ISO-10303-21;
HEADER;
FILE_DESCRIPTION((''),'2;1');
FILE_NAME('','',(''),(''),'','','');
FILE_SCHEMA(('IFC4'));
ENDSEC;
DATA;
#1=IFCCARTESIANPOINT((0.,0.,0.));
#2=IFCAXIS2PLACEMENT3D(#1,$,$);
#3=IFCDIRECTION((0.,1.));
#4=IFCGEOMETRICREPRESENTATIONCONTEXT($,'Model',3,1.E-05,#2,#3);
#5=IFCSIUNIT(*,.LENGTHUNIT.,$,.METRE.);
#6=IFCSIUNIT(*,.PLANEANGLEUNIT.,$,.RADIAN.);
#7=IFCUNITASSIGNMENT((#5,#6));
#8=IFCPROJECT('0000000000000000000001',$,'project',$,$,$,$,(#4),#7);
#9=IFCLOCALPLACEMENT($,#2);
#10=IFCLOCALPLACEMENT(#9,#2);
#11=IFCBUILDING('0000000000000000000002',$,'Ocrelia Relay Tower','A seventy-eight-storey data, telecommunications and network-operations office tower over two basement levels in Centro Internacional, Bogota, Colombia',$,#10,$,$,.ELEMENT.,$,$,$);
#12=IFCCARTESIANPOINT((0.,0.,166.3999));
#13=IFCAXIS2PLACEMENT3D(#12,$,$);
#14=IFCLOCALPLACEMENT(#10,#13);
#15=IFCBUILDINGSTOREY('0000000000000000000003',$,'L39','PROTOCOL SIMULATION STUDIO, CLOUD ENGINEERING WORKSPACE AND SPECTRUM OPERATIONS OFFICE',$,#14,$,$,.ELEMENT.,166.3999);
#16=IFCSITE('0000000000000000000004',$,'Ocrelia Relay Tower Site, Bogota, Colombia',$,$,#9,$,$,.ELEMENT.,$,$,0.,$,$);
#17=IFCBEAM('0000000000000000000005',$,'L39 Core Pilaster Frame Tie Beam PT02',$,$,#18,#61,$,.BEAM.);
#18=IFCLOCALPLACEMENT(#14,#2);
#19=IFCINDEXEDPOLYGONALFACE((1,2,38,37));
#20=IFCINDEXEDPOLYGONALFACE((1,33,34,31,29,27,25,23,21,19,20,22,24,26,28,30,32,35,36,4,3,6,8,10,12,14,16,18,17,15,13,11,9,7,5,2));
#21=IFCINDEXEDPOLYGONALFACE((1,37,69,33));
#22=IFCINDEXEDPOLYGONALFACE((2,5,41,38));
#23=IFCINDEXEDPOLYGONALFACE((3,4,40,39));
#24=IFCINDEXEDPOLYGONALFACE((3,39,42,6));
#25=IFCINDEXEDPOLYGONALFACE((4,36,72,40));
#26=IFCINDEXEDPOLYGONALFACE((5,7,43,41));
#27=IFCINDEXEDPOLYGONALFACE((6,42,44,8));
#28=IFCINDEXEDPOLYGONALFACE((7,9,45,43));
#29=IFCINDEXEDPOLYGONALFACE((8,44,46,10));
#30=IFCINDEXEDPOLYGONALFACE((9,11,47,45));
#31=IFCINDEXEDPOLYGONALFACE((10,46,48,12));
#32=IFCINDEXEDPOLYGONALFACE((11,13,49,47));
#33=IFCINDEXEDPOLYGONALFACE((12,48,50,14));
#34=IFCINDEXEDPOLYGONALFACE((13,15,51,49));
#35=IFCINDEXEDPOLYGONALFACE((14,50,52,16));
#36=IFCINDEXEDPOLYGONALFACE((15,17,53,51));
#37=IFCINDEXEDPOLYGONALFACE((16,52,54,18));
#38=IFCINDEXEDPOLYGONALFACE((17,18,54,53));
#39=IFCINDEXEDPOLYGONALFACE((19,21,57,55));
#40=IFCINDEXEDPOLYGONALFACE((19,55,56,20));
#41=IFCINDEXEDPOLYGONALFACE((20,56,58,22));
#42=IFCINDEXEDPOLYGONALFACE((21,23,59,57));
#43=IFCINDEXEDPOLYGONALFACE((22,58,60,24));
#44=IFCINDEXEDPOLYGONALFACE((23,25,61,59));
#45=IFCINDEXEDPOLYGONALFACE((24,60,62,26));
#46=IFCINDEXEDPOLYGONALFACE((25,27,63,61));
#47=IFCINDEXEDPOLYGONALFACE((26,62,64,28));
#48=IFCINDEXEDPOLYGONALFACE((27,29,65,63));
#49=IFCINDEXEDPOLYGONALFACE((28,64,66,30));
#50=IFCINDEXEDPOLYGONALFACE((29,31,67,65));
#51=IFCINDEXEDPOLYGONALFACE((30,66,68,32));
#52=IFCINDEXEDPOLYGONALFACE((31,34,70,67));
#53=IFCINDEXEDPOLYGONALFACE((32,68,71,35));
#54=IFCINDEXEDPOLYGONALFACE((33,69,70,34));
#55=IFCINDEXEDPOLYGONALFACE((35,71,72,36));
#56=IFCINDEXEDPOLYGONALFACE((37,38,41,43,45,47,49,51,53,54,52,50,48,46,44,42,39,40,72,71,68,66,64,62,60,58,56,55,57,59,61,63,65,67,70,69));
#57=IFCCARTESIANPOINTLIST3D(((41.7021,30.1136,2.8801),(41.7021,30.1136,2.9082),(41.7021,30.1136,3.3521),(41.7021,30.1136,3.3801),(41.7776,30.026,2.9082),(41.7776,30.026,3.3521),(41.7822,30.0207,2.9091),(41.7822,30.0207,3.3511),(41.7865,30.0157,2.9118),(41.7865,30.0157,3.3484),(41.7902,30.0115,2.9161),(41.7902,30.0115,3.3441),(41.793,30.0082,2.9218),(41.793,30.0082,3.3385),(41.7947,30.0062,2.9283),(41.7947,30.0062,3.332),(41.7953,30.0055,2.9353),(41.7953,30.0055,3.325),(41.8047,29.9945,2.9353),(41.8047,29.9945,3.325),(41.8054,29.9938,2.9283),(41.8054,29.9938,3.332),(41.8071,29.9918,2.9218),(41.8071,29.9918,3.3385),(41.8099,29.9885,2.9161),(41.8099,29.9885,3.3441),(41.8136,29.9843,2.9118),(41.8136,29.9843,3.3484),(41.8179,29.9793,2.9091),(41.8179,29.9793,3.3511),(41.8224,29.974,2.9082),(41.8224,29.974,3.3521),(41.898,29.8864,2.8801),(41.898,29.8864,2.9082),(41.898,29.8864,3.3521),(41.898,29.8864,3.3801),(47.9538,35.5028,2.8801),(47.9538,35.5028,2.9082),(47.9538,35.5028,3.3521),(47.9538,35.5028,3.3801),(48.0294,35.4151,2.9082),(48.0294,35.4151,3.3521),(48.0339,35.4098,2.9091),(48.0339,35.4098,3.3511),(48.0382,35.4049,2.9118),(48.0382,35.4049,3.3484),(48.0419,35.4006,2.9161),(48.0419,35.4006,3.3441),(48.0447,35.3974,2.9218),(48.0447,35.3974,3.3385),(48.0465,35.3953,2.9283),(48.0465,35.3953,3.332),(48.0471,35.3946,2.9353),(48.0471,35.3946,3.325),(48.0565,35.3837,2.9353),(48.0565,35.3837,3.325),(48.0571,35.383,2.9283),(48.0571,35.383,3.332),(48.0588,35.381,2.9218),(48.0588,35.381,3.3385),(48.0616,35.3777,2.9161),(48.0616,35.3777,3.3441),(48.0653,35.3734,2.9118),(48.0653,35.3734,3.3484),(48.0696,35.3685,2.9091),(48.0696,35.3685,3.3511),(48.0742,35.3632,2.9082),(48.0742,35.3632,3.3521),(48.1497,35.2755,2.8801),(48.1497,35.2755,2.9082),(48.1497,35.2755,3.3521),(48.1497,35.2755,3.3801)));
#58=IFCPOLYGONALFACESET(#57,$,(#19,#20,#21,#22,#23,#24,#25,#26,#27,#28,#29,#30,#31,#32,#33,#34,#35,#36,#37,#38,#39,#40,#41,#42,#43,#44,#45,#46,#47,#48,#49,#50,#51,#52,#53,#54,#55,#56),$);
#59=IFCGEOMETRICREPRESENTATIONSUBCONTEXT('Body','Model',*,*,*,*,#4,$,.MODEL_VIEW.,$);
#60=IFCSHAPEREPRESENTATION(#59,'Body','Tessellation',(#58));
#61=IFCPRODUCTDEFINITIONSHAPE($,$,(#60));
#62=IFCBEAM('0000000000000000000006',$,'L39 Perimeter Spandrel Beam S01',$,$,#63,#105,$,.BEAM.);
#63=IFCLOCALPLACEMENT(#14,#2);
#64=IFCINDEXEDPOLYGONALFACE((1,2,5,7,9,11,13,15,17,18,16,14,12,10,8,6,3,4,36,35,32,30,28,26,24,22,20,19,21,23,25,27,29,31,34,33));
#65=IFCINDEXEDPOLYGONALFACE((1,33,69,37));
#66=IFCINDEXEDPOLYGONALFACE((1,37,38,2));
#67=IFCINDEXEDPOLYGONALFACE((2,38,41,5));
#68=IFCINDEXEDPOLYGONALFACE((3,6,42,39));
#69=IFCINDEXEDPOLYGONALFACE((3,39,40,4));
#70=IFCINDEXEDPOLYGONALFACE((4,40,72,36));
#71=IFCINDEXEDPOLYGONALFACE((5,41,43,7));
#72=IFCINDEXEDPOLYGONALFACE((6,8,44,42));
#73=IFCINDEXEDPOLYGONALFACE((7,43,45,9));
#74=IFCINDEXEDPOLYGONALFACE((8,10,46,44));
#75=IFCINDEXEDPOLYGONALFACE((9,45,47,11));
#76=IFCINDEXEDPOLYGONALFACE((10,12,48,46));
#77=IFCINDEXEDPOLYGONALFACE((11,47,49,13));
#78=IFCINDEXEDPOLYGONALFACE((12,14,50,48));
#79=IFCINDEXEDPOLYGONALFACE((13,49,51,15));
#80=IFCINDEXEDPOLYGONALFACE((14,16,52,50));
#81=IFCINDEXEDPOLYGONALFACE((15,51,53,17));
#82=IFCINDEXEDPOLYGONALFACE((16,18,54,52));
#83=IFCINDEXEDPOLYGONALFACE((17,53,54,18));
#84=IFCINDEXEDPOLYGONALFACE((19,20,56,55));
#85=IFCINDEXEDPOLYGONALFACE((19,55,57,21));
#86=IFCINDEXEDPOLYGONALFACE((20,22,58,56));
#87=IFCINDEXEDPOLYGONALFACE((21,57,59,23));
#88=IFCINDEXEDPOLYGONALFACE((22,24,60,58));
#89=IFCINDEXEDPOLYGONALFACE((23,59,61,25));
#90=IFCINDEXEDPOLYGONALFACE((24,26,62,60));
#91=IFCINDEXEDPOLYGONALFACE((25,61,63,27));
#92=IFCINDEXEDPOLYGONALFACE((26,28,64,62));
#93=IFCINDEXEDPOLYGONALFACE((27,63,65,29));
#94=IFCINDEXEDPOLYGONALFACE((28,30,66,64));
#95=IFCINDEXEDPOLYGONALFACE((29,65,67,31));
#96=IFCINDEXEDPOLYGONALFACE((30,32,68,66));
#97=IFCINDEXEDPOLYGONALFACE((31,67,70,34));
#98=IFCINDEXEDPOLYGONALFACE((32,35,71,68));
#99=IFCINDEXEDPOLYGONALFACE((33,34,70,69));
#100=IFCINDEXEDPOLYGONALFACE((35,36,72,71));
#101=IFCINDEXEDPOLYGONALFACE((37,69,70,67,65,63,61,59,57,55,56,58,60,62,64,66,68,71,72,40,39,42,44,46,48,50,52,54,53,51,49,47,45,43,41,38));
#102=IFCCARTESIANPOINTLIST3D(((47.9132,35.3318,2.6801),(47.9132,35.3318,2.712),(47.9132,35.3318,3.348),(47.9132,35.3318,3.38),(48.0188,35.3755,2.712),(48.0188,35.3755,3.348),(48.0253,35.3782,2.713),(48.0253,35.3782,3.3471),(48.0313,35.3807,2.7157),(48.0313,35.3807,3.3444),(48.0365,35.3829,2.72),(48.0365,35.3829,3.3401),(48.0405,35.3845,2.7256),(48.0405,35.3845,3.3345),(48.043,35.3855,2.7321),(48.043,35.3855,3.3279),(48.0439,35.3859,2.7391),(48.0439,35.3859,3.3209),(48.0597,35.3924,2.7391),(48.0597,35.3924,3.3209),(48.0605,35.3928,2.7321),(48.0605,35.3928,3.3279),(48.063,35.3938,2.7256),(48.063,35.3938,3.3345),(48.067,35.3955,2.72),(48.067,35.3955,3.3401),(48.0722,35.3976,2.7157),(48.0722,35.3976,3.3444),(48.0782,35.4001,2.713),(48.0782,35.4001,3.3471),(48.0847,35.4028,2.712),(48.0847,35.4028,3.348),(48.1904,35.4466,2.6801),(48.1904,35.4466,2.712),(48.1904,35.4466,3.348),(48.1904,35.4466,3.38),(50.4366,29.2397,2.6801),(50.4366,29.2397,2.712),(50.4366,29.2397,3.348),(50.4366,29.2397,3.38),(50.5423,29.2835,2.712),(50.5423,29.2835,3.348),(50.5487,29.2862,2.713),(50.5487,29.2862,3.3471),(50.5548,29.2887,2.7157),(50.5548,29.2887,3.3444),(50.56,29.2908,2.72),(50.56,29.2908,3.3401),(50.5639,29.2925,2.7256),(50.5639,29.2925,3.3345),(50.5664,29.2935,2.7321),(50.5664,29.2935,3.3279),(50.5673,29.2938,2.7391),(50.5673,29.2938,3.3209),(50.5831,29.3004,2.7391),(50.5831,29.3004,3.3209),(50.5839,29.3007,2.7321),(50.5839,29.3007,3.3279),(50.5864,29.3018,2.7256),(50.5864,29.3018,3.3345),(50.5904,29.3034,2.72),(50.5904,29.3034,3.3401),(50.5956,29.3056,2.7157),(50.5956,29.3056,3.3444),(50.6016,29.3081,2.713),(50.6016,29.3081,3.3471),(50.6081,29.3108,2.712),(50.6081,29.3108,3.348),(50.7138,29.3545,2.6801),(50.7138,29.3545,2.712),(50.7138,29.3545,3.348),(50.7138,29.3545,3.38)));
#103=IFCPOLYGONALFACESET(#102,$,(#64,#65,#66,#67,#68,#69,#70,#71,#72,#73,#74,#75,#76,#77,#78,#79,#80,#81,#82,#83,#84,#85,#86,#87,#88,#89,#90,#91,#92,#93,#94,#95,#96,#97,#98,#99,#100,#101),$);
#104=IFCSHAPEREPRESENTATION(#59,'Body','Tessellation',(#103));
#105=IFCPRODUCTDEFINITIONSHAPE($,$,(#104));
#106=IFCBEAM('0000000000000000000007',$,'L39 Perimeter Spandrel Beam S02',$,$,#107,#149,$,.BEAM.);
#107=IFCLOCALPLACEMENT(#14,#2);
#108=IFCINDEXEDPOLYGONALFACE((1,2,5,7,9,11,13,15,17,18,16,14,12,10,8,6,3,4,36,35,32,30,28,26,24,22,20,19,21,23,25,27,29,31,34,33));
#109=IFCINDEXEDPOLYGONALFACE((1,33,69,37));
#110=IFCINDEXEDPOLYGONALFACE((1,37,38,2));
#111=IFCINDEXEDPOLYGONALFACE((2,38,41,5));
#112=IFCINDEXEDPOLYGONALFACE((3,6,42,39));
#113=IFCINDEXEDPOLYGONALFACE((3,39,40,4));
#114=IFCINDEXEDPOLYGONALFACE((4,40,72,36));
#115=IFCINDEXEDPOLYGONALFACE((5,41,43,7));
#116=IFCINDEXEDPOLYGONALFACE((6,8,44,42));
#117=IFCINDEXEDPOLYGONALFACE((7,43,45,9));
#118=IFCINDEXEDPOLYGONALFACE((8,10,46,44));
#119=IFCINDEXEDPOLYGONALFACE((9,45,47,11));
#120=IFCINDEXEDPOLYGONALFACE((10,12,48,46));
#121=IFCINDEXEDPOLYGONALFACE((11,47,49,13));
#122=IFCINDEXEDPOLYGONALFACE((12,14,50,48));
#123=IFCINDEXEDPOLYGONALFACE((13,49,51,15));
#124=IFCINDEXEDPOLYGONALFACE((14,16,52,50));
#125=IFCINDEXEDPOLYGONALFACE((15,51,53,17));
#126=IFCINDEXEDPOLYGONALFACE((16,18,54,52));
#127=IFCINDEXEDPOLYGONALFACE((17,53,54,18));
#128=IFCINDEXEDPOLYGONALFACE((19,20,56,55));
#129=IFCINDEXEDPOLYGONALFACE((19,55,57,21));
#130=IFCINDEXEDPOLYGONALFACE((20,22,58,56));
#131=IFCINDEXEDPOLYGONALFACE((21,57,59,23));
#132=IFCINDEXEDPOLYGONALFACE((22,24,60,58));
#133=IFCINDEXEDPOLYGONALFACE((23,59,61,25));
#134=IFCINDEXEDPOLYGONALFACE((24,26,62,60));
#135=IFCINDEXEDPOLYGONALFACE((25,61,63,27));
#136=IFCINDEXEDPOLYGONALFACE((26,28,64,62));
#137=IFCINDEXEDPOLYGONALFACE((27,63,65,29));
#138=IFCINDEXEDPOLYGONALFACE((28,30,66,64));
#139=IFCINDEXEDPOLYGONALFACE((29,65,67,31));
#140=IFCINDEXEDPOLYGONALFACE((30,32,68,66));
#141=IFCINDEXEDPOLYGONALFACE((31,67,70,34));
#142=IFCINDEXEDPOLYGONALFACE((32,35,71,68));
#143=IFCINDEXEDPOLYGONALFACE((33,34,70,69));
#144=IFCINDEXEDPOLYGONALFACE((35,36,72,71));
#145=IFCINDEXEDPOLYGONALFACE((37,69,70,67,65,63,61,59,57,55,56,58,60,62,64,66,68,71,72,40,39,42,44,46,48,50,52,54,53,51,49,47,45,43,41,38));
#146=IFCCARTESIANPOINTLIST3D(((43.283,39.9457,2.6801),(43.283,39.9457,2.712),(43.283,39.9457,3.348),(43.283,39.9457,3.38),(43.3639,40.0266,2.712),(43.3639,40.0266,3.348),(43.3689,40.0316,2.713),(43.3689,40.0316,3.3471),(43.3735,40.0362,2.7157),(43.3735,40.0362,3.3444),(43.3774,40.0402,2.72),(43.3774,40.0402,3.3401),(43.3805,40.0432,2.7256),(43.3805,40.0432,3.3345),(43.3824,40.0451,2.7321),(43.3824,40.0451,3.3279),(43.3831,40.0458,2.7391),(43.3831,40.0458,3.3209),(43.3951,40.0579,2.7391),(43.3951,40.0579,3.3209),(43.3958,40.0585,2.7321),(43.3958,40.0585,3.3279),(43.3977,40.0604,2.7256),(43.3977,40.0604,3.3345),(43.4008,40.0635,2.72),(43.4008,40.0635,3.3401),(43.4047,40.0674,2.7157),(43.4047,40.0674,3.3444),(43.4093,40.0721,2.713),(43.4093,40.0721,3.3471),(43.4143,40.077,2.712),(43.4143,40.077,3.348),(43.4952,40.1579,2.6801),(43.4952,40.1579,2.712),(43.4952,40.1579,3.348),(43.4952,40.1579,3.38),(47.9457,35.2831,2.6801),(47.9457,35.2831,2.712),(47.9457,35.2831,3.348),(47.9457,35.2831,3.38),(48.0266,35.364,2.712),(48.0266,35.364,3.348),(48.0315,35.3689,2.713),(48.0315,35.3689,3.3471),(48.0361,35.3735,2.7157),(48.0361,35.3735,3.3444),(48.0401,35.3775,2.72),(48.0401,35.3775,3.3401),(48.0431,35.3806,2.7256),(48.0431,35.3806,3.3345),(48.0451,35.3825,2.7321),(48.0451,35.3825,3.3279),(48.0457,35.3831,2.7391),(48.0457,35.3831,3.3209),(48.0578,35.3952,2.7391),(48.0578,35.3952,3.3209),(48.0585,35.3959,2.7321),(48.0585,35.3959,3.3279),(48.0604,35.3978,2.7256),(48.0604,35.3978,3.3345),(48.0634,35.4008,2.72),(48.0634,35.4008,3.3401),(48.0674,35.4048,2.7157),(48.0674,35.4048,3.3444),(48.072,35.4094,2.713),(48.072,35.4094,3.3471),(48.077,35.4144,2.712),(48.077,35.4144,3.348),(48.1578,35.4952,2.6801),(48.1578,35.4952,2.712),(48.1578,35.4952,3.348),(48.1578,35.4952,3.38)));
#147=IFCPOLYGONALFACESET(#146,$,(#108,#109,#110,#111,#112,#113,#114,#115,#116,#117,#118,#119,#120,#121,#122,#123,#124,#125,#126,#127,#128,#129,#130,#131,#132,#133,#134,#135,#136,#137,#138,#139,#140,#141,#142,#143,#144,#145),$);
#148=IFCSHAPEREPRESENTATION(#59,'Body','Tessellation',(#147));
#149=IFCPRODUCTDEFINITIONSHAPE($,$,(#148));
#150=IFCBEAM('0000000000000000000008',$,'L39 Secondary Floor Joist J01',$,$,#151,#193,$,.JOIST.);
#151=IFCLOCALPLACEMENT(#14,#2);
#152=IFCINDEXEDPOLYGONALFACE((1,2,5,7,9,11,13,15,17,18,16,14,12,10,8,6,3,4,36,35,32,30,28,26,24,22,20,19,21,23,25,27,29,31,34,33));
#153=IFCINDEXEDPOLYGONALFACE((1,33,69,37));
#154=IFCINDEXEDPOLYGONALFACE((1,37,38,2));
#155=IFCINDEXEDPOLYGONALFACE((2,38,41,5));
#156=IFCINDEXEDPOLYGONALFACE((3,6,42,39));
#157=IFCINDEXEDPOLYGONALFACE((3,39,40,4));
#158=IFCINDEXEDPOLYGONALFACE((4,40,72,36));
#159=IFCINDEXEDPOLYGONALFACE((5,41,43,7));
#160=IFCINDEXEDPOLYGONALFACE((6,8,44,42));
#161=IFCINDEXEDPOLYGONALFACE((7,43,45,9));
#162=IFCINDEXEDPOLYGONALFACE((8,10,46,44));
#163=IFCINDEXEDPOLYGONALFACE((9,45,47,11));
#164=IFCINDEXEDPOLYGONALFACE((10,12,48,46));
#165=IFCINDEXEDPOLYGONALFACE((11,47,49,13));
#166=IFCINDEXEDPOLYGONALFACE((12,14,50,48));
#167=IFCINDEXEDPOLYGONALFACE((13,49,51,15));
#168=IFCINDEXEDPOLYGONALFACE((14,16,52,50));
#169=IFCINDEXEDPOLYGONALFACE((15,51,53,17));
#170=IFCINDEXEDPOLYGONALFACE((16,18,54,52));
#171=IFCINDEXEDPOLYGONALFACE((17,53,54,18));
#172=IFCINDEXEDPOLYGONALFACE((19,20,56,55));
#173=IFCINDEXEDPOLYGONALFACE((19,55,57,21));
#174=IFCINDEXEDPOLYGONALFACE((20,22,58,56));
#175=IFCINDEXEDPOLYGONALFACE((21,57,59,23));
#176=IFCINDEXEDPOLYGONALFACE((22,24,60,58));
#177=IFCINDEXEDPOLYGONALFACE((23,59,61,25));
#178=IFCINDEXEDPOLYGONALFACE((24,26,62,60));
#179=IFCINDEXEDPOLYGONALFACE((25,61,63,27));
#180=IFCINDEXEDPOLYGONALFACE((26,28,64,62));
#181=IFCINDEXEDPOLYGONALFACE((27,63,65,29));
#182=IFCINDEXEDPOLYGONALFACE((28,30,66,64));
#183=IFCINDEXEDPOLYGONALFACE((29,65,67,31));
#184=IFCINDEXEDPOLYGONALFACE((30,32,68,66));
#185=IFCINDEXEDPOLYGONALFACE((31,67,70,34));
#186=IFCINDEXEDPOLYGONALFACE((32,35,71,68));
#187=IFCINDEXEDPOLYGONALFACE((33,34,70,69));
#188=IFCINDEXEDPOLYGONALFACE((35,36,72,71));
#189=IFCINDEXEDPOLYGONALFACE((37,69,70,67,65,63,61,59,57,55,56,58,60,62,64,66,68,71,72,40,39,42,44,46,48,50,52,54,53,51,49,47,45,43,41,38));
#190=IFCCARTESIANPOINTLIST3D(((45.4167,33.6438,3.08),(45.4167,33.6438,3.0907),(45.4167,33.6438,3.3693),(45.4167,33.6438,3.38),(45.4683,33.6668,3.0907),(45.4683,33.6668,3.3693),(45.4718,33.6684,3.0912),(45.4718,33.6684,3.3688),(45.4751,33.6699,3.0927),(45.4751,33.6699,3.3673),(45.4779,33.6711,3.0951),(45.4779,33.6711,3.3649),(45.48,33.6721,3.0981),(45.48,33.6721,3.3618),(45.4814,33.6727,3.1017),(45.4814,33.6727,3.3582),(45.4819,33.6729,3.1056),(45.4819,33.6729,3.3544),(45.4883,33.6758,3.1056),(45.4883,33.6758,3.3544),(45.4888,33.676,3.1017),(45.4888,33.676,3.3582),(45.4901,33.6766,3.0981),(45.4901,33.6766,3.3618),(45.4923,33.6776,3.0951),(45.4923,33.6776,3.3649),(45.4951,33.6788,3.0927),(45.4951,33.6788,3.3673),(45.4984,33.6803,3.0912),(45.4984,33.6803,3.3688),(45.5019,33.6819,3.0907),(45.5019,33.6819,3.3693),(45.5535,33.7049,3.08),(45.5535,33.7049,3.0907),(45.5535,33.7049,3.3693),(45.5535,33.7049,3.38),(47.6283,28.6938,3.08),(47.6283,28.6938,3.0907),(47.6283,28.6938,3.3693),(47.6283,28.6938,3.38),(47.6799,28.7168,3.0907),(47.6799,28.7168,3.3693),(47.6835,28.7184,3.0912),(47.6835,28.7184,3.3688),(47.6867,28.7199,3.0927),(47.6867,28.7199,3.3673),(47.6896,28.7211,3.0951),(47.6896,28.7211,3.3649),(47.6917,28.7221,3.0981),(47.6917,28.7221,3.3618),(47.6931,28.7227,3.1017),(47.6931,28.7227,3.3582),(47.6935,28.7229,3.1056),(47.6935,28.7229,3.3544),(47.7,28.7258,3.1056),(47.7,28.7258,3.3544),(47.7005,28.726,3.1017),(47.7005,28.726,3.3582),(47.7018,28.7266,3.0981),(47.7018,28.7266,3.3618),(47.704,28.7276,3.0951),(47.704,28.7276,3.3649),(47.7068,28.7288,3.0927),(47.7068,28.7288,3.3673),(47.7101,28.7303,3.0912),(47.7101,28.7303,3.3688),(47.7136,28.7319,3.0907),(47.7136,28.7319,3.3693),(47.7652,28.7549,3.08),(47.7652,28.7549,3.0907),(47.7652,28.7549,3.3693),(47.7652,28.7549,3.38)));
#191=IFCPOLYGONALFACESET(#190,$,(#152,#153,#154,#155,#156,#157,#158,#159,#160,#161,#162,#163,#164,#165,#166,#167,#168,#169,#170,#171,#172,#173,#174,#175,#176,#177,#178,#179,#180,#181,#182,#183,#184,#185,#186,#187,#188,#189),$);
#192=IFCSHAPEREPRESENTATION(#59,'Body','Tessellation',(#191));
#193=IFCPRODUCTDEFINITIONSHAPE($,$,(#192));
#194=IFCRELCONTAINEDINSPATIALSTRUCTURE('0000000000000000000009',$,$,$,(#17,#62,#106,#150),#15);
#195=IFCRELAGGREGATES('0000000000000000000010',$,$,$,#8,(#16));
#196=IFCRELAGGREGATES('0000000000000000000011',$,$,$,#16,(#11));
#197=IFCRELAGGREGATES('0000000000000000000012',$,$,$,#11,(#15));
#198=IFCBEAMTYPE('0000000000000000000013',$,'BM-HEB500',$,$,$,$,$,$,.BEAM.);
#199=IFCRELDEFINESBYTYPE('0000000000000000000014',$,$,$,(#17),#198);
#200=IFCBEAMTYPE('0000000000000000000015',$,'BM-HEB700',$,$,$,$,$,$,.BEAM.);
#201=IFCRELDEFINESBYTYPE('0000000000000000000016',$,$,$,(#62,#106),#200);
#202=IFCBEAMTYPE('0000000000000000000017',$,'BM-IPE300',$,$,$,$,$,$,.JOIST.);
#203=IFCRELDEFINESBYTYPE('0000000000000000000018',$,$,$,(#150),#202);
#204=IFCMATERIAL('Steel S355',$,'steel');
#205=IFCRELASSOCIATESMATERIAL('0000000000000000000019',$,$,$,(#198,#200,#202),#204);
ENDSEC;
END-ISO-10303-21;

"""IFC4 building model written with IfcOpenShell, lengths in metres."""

from ifc_helpers import new_model, si_unit, direction, frame, origin, origin_2d, place, context, subcontext, project, spatial, i_section, extrude, material, material_profile, profile_set, type_object, element, save


model = new_model("IFC4")

# Units and contexts
model_context = context("Model", 3, precision=1e-05, world=origin(), true_north=direction((0.0, 1.0)))
body_context = subcontext(model_context, "Body", "Model", "MODEL_VIEW")
ifc_project = project(units=[si_unit("LENGTHUNIT", "METRE"), si_unit("PLANEANGLEUNIT", "RADIAN")], contexts=[model_context])

# Site, building, storey
site_placement = place(None, origin())
site = spatial("IfcSite", under=ifc_project, at=site_placement, Name="Ocrelia Relay Tower Site, Bogota, Colombia", CompositionType="ELEMENT", RefElevation=0.0)
building_placement = place(site_placement, origin())
building = spatial("IfcBuilding", under=site, at=building_placement, Name="Ocrelia Relay Tower", Description="A seventy-eight-storey data, telecommunications and network-operations office tower over two basement levels in Centro Internacional, Bogota, Colombia", CompositionType="ELEMENT")
storey_placement = place(building_placement, frame((0.0, 0.0, 166.3999)))
storey = spatial("IfcBuildingStorey", under=building, at=storey_placement, Name="L39", Description="PROTOCOL SIMULATION STUDIO, CLOUD ENGINEERING WORKSPACE AND SPECTRUM OPERATIONS OFFICE", CompositionType="ELEMENT", Elevation=166.3999)

# Beams
ifc_material_1 = material(Name="Steel S355", Category="steel")
ifc_material_profile_1 = material_profile(ifc_material_1, i_section(OverallWidth=0.3, OverallDepth=0.5, WebThickness=0.0144, FlangeThickness=0.0281, FilletRadius=0.0271, at=origin_2d()), Name="HEB 500")
ifc_profile_set_1 = profile_set([ifc_material_profile_1], Name="Steel S355")
beam_type_1 = type_object("IfcBeamType", Name="BM-HEB500", PredefinedType="BEAM", material=ifc_profile_set_1)
beam_1_placement = place(storey_placement, frame((48.0518, 35.3892, 3.1301), z_axis=(-0.757425, -0.652923, 0.0), x_axis=(0.652923, -0.757425, 0.0)))
element("IfcBeam", 1, at=beam_1_placement, inside=storey, type_object=beam_type_1, Name="L39 Core Pilaster Frame Tie Beam PT02", PredefinedType="BEAM", context=body_context, shape_type="SweptSolid", body=[
    extrude(i_section(OverallWidth=0.3, OverallDepth=0.5, WebThickness=0.0144, FlangeThickness=0.0281, FilletRadius=0.0271, at=origin_2d()), origin(), (0.0, 0.0, 1.0), 8.2539),
])
ifc_material_profile_2 = material_profile(ifc_material_1, i_section(OverallWidth=0.3, OverallDepth=0.7, WebThickness=0.0171, FlangeThickness=0.032, FilletRadius=0.0271, at=origin_2d()), Name="HEB 700")
ifc_profile_set_2 = profile_set([ifc_material_profile_2], Name="Steel S355")
beam_type_2 = type_object("IfcBeamType", Name="BM-HEB700", PredefinedType="BEAM", material=ifc_profile_set_2)
for number, where, z_axis, x_axis, name in (
    (2, (50.5752, 29.2971, 3.03), (-0.382688, 0.923878, 0.0), (-0.923878, -0.382688, 0.0), "L39 Perimeter Spandrel Beam S01"),
    (3, (48.0518, 35.3892, 3.03), (-0.707107, 0.707107, 0.0), (-0.707107, -0.707107, 0.0), "L39 Perimeter Spandrel Beam S02"),
):
    element("IfcBeam", number, at=place(storey_placement, frame(where, z_axis=z_axis, x_axis=x_axis)), inside=storey, type_object=beam_type_2, Name=name, PredefinedType="BEAM", context=body_context, shape_type="SweptSolid", body=[
        extrude(i_section(OverallWidth=0.3, OverallDepth=0.7, WebThickness=0.0171, FlangeThickness=0.032, FilletRadius=0.0271, at=origin_2d()), origin(), (0.0, 0.0, 1.0), 6.594),
    ])
ifc_material_profile_3 = material_profile(ifc_material_1, i_section(OverallWidth=0.1499, OverallDepth=0.3, WebThickness=0.0071, FlangeThickness=0.0107, FilletRadius=0.0149, at=origin_2d()), Name="IPE 300")
ifc_profile_set_3 = profile_set([ifc_material_profile_3], Name="Steel S355")
beam_type_3 = type_object("IfcBeamType", Name="BM-IPE300", PredefinedType="JOIST", material=ifc_profile_set_3)
beam_2_placement = place(storey_placement, frame((47.6968, 28.7244, 3.23), z_axis=(-0.407938, 0.913009, 0.0), x_axis=(-0.913009, -0.407938, 0.0)))
element("IfcBeam", 4, at=beam_2_placement, inside=storey, type_object=beam_type_3, Name="L39 Secondary Floor Joist J01", PredefinedType="JOIST", context=body_context, shape_type="SweptSolid", body=[
    extrude(i_section(OverallWidth=0.1499, OverallDepth=0.3, WebThickness=0.0071, FlangeThickness=0.0107, FilletRadius=0.0149, at=origin_2d()), origin(), (0.0, 0.0, 1.0), 5.4216),
])

save(model, "model.ifc")
